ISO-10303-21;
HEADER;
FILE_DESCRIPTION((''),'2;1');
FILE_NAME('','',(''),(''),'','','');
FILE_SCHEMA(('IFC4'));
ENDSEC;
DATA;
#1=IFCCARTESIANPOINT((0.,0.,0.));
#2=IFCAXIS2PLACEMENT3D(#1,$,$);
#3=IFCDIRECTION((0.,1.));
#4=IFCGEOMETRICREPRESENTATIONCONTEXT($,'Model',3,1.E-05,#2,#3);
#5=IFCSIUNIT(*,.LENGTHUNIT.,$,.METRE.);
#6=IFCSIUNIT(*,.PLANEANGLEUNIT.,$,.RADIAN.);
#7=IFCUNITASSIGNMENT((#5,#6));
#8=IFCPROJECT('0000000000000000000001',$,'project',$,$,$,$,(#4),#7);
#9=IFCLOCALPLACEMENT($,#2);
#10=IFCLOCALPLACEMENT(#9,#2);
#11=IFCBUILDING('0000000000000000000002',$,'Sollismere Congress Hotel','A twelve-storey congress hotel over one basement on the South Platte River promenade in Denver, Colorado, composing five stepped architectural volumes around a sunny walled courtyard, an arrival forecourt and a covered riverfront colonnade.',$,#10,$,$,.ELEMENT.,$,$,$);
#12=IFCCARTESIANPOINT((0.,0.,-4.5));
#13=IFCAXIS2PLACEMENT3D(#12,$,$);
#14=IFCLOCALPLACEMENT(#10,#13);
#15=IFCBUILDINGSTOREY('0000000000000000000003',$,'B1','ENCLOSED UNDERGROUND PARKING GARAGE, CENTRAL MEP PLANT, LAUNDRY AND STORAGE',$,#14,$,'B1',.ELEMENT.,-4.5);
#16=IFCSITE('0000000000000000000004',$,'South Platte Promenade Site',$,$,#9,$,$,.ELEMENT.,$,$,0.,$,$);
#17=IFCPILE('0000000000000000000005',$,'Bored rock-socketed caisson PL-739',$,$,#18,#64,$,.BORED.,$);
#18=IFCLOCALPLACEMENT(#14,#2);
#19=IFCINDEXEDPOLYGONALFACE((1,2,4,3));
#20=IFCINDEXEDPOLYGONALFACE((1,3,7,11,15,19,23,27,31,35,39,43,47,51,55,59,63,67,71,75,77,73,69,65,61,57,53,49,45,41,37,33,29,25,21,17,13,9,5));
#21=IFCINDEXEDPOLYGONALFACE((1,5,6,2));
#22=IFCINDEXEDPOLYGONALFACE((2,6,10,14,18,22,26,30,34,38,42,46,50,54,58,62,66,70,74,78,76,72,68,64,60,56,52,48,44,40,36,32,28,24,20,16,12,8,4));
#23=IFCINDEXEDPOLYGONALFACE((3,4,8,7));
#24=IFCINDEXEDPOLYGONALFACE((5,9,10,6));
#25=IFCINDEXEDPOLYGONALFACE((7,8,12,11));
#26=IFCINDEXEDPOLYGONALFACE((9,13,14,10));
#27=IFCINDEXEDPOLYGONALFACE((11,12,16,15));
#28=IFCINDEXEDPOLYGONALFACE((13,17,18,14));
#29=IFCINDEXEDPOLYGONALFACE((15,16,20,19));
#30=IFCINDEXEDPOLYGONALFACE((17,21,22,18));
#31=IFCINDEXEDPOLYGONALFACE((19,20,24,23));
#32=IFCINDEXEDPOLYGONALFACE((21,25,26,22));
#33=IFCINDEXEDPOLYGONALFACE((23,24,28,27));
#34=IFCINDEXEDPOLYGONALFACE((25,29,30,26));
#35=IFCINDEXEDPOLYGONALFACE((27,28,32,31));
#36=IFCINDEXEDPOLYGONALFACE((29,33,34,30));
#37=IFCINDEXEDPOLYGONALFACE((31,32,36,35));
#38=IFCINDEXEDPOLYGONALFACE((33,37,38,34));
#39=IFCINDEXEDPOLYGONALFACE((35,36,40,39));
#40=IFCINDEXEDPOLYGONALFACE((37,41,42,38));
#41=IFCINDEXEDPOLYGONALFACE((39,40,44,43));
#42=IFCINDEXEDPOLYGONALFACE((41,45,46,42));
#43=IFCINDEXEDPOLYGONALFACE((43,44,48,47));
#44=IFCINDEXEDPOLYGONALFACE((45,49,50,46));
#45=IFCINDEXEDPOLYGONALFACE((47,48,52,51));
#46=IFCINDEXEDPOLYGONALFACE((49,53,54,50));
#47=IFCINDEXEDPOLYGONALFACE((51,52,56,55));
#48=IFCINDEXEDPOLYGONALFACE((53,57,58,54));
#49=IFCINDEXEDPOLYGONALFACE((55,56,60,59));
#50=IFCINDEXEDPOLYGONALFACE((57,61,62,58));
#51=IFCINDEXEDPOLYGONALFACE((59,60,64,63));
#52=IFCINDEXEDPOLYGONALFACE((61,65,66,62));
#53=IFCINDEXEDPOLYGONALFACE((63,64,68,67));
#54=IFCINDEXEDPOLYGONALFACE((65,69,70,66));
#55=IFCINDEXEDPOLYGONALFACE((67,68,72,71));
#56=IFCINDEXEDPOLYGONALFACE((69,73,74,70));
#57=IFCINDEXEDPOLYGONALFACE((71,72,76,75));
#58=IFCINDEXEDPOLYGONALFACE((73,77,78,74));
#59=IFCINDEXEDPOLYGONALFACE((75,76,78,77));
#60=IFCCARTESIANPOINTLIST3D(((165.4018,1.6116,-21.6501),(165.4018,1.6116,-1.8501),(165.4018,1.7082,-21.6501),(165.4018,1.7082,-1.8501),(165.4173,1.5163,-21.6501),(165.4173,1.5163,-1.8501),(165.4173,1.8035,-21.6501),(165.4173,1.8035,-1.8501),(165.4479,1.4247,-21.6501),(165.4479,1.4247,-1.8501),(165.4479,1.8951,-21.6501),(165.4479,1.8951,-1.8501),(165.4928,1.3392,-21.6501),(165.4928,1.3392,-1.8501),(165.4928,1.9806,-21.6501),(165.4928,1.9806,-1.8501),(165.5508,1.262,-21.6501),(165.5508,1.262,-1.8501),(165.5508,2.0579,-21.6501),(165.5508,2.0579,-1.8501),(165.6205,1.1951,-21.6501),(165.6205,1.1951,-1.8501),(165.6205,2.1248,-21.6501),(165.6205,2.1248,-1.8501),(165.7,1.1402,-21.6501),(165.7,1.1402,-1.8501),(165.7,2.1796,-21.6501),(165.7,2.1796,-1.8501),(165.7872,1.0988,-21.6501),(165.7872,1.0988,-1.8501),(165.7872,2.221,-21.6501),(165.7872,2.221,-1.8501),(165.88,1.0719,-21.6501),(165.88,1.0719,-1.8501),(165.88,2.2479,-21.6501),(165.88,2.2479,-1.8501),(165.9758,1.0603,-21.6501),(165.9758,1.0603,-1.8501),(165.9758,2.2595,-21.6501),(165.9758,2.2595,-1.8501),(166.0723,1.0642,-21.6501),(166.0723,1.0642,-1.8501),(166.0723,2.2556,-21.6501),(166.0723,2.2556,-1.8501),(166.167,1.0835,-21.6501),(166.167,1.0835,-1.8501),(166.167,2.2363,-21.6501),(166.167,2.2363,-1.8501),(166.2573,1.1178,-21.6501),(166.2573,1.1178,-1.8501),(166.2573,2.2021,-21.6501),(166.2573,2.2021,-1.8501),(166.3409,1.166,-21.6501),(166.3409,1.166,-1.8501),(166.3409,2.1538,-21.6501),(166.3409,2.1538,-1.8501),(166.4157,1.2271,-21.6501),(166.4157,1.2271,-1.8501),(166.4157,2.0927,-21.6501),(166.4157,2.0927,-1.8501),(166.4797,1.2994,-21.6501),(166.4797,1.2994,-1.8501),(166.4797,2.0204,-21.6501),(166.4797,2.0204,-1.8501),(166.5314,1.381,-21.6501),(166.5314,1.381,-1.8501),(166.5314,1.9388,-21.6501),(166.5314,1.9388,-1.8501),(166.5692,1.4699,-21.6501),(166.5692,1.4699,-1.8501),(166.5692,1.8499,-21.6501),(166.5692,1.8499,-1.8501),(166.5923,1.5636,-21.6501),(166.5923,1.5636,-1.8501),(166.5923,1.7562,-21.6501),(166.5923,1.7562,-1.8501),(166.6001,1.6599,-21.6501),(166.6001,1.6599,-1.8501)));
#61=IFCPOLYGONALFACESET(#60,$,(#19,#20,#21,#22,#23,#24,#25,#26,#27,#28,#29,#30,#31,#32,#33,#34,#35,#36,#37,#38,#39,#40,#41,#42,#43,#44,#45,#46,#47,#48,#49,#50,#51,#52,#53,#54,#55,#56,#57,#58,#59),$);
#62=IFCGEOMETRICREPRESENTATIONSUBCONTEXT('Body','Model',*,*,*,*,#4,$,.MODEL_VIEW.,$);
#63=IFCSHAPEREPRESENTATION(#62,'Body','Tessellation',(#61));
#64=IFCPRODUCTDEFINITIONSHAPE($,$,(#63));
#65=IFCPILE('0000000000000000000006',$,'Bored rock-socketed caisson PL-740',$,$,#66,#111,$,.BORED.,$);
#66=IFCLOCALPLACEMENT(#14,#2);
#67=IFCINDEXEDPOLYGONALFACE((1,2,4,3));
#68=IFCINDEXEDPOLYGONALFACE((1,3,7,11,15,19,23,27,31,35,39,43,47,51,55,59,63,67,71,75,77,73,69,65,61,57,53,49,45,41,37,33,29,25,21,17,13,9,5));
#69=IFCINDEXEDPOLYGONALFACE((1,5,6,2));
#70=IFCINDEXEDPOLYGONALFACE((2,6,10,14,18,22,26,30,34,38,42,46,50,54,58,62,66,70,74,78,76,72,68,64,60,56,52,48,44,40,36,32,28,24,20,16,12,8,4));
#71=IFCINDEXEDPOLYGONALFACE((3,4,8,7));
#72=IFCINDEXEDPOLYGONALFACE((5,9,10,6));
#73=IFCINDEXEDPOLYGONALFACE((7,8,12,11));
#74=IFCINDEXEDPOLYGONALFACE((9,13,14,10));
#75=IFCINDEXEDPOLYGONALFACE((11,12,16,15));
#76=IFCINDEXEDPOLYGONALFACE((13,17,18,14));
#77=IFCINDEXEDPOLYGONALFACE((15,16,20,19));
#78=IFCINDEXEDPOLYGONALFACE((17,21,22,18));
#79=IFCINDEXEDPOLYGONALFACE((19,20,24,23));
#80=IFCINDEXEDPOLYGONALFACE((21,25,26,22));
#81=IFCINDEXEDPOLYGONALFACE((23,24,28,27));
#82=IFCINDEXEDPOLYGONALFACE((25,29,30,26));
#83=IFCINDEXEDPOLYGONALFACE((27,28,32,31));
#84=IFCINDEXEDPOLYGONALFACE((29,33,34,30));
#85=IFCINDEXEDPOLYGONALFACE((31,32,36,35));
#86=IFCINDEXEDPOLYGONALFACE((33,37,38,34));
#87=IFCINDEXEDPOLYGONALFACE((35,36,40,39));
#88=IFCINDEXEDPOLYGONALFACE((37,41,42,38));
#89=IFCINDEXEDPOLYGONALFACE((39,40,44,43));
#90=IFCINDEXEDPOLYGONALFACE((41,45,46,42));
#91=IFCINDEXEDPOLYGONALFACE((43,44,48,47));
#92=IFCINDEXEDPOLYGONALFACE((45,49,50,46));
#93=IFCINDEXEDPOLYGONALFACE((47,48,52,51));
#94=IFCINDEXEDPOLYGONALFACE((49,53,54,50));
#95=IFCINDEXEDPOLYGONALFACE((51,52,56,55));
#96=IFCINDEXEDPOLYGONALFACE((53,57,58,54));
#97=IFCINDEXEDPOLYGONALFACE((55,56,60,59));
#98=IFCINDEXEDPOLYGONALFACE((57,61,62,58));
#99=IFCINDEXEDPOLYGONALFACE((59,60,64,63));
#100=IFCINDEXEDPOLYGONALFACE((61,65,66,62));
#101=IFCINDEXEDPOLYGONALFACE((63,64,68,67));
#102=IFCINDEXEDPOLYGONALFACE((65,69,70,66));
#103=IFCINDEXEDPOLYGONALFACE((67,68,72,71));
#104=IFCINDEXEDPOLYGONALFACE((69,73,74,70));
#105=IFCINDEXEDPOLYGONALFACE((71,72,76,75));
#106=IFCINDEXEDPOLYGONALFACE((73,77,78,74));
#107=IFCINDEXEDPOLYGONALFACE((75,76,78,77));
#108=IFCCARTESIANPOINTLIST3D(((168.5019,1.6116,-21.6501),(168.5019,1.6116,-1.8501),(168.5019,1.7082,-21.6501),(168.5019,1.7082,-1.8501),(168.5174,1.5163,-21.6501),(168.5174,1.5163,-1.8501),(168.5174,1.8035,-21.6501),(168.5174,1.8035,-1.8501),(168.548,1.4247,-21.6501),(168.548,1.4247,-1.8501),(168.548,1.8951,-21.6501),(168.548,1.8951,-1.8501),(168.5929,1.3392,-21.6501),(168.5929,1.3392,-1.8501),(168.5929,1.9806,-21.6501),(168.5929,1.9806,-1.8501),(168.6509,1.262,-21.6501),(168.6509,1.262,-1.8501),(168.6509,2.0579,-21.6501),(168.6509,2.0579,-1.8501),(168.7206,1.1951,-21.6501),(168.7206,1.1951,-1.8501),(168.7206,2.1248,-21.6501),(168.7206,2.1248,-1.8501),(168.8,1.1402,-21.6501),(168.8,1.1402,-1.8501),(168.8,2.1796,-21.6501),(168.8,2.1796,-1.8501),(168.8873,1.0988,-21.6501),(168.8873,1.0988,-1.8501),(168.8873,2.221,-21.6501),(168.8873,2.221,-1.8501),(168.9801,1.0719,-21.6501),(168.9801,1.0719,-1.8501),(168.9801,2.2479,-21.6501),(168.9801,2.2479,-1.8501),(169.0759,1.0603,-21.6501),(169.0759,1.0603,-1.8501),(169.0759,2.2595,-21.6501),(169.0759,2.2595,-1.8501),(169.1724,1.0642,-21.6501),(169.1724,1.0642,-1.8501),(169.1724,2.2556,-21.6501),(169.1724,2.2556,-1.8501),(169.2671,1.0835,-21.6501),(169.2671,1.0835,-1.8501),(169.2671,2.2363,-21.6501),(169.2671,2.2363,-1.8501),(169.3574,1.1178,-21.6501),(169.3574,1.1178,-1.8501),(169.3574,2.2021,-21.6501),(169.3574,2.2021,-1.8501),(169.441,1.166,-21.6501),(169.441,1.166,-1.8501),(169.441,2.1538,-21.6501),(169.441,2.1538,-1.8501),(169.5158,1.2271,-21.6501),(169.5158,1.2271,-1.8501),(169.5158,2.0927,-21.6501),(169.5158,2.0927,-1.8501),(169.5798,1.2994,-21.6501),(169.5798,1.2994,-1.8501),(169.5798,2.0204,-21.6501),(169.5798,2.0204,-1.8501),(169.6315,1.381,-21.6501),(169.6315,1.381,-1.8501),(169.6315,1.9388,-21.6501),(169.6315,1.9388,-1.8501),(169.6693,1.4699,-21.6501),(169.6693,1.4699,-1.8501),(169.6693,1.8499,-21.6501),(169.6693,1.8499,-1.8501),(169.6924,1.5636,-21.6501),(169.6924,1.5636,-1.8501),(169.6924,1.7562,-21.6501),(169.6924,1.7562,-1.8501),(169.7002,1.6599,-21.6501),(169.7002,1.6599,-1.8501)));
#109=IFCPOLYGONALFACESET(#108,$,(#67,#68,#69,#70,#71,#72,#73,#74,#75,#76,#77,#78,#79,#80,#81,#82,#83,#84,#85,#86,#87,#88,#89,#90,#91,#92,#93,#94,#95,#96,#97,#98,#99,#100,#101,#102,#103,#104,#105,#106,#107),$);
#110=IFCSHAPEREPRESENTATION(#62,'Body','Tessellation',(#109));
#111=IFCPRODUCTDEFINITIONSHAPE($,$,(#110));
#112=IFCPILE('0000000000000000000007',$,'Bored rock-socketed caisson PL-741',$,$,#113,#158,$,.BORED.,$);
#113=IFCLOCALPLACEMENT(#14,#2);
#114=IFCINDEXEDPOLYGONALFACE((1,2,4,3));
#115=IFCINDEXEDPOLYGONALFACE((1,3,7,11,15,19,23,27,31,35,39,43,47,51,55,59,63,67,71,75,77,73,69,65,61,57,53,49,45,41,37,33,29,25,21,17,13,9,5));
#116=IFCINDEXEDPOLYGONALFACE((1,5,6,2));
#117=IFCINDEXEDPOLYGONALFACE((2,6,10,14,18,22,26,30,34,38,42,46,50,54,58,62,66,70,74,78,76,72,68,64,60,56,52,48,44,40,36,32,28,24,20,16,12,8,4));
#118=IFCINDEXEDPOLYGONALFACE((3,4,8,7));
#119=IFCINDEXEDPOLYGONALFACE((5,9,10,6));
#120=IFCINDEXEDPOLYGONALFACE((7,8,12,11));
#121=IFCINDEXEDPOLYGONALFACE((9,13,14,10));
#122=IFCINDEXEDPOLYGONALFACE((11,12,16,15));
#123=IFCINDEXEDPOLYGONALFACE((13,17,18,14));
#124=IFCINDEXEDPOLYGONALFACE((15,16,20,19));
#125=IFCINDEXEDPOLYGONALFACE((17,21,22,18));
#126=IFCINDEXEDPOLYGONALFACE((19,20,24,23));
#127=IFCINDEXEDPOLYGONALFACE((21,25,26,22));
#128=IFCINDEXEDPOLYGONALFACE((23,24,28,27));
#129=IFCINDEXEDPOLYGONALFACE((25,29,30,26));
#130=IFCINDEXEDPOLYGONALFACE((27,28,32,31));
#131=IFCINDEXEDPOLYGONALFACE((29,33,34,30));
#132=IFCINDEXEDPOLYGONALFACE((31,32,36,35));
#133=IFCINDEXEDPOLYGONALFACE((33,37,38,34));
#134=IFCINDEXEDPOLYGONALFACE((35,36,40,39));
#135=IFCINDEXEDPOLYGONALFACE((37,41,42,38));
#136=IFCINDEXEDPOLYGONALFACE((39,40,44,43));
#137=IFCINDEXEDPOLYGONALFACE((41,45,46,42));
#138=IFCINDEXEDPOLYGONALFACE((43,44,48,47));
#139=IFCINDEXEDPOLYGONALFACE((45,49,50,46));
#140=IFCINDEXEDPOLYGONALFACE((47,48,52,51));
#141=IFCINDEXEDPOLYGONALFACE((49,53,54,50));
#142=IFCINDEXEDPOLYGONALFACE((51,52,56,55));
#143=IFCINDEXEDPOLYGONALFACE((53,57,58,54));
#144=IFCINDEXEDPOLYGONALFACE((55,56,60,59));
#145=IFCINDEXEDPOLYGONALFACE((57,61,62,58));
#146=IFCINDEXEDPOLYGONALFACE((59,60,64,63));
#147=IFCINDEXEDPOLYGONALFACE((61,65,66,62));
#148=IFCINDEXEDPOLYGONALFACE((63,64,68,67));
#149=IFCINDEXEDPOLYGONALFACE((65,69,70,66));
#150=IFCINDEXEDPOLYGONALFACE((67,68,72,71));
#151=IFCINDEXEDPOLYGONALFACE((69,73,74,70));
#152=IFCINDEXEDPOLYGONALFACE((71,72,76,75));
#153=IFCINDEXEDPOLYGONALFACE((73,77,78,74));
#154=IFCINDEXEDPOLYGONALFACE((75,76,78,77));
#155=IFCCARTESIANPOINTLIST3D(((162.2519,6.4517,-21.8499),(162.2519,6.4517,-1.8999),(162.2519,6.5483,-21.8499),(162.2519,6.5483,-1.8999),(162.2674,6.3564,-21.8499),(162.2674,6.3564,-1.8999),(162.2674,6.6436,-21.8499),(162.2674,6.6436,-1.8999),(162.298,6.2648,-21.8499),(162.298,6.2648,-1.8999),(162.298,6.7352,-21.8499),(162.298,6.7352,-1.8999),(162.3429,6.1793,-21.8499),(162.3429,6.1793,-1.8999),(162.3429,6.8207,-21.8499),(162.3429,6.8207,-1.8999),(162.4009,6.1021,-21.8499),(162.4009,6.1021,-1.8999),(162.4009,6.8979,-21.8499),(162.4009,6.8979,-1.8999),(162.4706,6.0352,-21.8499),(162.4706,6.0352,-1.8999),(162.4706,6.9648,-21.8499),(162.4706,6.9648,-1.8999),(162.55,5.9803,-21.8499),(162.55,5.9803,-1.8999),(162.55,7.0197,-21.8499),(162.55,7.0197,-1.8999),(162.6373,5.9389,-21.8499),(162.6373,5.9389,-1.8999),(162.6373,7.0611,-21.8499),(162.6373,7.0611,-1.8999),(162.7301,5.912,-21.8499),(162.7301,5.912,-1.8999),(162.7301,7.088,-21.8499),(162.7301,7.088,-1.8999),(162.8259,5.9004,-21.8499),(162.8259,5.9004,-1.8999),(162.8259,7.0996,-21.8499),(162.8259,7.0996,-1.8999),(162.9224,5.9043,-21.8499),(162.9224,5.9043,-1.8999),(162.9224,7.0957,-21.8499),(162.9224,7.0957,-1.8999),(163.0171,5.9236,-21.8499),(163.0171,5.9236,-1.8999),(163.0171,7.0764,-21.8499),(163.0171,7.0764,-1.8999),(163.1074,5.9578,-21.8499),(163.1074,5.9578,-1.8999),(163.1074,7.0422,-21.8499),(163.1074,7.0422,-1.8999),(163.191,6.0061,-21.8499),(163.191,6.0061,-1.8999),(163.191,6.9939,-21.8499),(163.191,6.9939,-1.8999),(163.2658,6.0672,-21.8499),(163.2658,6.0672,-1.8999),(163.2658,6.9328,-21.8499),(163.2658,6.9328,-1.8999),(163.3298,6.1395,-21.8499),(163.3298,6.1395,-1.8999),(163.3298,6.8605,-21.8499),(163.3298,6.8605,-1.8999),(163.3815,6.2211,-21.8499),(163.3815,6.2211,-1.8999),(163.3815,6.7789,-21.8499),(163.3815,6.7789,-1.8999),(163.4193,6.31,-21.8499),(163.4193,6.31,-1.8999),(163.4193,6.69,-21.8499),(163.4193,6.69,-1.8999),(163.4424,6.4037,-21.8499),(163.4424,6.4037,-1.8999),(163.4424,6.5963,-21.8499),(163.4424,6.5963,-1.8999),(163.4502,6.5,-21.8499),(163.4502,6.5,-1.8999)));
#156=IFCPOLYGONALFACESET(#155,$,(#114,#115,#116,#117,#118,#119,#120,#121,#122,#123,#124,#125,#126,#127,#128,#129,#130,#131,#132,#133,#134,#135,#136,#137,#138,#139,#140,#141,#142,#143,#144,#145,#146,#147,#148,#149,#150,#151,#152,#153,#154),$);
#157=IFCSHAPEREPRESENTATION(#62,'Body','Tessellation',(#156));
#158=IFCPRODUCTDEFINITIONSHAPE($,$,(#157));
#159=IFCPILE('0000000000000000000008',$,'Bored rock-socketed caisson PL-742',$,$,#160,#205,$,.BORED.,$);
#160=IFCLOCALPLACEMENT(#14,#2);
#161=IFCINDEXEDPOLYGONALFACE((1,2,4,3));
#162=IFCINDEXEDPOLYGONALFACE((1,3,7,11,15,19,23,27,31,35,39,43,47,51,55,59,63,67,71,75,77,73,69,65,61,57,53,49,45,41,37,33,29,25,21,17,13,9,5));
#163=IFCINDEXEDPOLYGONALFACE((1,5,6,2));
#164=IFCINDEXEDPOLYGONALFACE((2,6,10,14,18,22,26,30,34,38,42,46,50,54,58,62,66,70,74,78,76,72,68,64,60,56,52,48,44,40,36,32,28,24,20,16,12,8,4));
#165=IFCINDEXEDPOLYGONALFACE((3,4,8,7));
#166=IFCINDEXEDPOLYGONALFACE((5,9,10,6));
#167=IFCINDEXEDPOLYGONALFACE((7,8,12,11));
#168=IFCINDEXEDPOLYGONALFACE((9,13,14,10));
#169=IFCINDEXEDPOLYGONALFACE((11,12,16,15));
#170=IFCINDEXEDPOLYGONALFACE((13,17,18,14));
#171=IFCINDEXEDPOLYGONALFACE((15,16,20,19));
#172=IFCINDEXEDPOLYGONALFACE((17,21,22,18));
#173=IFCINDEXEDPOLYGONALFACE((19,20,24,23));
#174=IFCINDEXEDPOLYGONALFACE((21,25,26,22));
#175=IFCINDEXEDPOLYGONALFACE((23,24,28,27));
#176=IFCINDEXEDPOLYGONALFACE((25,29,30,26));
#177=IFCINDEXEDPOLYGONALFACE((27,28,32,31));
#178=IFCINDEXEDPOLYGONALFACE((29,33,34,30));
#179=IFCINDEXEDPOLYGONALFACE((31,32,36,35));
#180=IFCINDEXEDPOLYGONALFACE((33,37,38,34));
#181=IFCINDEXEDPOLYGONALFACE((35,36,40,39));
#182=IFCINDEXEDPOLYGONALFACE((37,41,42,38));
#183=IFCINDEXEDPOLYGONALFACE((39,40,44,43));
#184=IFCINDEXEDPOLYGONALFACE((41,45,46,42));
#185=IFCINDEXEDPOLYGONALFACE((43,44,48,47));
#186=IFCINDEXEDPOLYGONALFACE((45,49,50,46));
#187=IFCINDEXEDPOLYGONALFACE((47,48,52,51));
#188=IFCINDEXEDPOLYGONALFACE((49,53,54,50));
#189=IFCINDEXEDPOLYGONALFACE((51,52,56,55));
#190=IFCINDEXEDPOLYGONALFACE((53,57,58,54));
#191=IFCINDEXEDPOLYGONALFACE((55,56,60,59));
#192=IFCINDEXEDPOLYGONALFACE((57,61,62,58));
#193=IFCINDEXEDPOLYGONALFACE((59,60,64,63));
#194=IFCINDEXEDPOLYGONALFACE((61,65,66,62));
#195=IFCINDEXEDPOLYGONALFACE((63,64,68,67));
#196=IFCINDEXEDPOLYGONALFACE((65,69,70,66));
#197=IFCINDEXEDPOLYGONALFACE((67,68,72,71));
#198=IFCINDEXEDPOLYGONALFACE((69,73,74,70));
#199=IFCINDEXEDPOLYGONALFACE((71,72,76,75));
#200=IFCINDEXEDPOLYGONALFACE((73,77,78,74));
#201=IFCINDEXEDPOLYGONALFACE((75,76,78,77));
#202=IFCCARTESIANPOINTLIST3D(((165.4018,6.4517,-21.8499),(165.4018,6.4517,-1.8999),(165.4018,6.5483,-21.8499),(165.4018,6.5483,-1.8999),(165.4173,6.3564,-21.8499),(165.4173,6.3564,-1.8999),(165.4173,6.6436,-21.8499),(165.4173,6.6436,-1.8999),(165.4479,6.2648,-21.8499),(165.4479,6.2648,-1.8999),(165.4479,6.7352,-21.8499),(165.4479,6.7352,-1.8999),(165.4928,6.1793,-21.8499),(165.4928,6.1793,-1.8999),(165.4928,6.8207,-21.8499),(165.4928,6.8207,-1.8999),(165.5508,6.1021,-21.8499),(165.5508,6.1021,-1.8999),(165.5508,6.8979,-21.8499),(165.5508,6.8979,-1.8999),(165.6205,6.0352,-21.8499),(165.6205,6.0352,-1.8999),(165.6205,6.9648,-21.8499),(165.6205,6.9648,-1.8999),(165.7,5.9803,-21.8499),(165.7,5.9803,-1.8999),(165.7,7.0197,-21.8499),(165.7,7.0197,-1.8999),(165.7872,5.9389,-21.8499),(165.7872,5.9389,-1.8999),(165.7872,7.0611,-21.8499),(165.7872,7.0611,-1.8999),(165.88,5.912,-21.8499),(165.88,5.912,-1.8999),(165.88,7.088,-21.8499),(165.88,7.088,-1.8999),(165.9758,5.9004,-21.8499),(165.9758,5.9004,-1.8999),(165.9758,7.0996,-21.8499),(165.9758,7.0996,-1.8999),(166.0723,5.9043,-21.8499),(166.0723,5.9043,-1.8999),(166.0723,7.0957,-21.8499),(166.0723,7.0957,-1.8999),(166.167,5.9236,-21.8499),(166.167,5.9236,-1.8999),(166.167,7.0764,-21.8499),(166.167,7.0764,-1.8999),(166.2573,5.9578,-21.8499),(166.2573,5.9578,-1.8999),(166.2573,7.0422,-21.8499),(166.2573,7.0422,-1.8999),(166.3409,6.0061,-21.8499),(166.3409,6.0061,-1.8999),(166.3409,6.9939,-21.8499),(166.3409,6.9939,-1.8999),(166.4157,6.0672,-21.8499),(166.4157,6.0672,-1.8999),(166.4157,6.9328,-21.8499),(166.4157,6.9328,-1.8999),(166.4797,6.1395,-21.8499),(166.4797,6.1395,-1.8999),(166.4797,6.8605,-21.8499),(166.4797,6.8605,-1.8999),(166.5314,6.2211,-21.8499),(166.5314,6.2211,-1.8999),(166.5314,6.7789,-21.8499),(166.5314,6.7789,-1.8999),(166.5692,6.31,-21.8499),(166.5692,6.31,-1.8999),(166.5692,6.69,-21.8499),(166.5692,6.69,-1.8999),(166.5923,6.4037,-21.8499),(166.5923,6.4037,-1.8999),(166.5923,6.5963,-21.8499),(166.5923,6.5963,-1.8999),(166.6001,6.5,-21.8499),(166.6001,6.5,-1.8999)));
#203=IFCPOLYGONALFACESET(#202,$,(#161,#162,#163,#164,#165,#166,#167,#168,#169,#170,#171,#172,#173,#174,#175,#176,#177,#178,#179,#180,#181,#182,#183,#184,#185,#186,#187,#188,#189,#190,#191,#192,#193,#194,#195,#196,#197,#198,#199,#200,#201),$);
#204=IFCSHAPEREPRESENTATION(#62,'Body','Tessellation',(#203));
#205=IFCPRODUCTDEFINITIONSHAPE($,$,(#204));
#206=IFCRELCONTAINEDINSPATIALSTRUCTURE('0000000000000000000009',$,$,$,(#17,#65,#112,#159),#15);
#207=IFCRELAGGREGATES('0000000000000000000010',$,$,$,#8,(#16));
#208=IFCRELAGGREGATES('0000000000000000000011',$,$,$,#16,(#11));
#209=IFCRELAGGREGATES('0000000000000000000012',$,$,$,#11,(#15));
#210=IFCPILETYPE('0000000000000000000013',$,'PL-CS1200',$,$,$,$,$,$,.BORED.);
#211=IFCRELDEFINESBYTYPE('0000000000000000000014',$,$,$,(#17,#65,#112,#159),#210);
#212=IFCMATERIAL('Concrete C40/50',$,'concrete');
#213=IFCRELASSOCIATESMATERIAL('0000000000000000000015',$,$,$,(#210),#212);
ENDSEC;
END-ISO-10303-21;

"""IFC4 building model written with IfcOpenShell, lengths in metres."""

from ifc_helpers import new_model, si_unit, direction, frame, origin, origin_2d, place, context, subcontext, project, spatial, circle, extrude, material, material_profile, profile_set, type_object, element, save


model = new_model("IFC4")

# Units and contexts
model_context = context("Model", 3, precision=1e-05, world=origin(), true_north=direction((0.0, 1.0)))
body_context = subcontext(model_context, "Body", "Model", "MODEL_VIEW")
ifc_project = project(units=[si_unit("LENGTHUNIT", "METRE"), si_unit("PLANEANGLEUNIT", "RADIAN")], contexts=[model_context])

# Site, building, storey
site_placement = place(None, origin())
site = spatial("IfcSite", under=ifc_project, at=site_placement, Name="South Platte Promenade Site", CompositionType="ELEMENT", RefElevation=0.0)
building_placement = place(site_placement, origin())
building = spatial("IfcBuilding", under=site, at=building_placement, Name="Sollismere Congress Hotel", Description="A twelve-storey congress hotel over one basement on the South Platte River promenade in Denver, Colorado, composing five stepped architectural volumes around a sunny walled courtyard, an arrival forecourt and a covered riverfront colonnade.", CompositionType="ELEMENT")
storey_placement = place(building_placement, frame((0.0, 0.0, -4.5)))
storey = spatial("IfcBuildingStorey", under=building, at=storey_placement, Name="B1", Description="ENCLOSED UNDERGROUND PARKING GARAGE, CENTRAL MEP PLANT, LAUNDRY AND STORAGE", LongName="B1", CompositionType="ELEMENT", Elevation=-4.5)

# Shared definitions
ifc_material_1 = material(Name="Concrete C40/50", Category="concrete")

# Piles
ifc_material_profile_1 = material_profile(ifc_material_1, circle(Radius=0.6001, at=origin_2d()), Name="CAISSON1200")
ifc_profile_set_1 = profile_set([ifc_material_profile_1], Name="Concrete C40/50")
pile_type = type_object("IfcPileType", Name="PL-CS1200", PredefinedType="BORED", material=ifc_profile_set_1)
for number, where, z_axis, x_axis, name in (
    (1, (166.0, 1.6599, -1.8501), (0.0, 0.0, -1.0), (1.0, 0.0, 0.0), "Bored rock-socketed caisson PL-739"),
    (2, (169.1001, 1.6599, -1.8501), (0.0, 0.0, -1.0), (1.0, 0.0, 0.0), "Bored rock-socketed caisson PL-740"),
):
    element("IfcPile", number, at=place(storey_placement, frame(where, z_axis=z_axis, x_axis=x_axis)), inside=storey, type_object=pile_type, Name=name, PredefinedType="BORED", context=body_context, shape_type="SweptSolid", body=[
        extrude(circle(Radius=0.6001, at=origin_2d()), origin(), (0.0, 0.0, 1.0), 19.8),
    ])
for number, where, z_axis, x_axis, name in (
    (3, (162.8501, 6.5, -1.8999), (0.0, 0.0, -1.0), (1.0, 0.0, 0.0), "Bored rock-socketed caisson PL-741"),
    (4, (166.0, 6.5, -1.8999), (0.0, 0.0, -1.0), (1.0, 0.0, 0.0), "Bored rock-socketed caisson PL-742"),
):
    element("IfcPile", number, at=place(storey_placement, frame(where, z_axis=z_axis, x_axis=x_axis)), inside=storey, type_object=pile_type, Name=name, PredefinedType="BORED", context=body_context, shape_type="SweptSolid", body=[
        extrude(circle(Radius=0.6001, at=origin_2d()), origin(), (0.0, 0.0, 1.0), 19.95),
    ])

save(model, "model.ifc")
